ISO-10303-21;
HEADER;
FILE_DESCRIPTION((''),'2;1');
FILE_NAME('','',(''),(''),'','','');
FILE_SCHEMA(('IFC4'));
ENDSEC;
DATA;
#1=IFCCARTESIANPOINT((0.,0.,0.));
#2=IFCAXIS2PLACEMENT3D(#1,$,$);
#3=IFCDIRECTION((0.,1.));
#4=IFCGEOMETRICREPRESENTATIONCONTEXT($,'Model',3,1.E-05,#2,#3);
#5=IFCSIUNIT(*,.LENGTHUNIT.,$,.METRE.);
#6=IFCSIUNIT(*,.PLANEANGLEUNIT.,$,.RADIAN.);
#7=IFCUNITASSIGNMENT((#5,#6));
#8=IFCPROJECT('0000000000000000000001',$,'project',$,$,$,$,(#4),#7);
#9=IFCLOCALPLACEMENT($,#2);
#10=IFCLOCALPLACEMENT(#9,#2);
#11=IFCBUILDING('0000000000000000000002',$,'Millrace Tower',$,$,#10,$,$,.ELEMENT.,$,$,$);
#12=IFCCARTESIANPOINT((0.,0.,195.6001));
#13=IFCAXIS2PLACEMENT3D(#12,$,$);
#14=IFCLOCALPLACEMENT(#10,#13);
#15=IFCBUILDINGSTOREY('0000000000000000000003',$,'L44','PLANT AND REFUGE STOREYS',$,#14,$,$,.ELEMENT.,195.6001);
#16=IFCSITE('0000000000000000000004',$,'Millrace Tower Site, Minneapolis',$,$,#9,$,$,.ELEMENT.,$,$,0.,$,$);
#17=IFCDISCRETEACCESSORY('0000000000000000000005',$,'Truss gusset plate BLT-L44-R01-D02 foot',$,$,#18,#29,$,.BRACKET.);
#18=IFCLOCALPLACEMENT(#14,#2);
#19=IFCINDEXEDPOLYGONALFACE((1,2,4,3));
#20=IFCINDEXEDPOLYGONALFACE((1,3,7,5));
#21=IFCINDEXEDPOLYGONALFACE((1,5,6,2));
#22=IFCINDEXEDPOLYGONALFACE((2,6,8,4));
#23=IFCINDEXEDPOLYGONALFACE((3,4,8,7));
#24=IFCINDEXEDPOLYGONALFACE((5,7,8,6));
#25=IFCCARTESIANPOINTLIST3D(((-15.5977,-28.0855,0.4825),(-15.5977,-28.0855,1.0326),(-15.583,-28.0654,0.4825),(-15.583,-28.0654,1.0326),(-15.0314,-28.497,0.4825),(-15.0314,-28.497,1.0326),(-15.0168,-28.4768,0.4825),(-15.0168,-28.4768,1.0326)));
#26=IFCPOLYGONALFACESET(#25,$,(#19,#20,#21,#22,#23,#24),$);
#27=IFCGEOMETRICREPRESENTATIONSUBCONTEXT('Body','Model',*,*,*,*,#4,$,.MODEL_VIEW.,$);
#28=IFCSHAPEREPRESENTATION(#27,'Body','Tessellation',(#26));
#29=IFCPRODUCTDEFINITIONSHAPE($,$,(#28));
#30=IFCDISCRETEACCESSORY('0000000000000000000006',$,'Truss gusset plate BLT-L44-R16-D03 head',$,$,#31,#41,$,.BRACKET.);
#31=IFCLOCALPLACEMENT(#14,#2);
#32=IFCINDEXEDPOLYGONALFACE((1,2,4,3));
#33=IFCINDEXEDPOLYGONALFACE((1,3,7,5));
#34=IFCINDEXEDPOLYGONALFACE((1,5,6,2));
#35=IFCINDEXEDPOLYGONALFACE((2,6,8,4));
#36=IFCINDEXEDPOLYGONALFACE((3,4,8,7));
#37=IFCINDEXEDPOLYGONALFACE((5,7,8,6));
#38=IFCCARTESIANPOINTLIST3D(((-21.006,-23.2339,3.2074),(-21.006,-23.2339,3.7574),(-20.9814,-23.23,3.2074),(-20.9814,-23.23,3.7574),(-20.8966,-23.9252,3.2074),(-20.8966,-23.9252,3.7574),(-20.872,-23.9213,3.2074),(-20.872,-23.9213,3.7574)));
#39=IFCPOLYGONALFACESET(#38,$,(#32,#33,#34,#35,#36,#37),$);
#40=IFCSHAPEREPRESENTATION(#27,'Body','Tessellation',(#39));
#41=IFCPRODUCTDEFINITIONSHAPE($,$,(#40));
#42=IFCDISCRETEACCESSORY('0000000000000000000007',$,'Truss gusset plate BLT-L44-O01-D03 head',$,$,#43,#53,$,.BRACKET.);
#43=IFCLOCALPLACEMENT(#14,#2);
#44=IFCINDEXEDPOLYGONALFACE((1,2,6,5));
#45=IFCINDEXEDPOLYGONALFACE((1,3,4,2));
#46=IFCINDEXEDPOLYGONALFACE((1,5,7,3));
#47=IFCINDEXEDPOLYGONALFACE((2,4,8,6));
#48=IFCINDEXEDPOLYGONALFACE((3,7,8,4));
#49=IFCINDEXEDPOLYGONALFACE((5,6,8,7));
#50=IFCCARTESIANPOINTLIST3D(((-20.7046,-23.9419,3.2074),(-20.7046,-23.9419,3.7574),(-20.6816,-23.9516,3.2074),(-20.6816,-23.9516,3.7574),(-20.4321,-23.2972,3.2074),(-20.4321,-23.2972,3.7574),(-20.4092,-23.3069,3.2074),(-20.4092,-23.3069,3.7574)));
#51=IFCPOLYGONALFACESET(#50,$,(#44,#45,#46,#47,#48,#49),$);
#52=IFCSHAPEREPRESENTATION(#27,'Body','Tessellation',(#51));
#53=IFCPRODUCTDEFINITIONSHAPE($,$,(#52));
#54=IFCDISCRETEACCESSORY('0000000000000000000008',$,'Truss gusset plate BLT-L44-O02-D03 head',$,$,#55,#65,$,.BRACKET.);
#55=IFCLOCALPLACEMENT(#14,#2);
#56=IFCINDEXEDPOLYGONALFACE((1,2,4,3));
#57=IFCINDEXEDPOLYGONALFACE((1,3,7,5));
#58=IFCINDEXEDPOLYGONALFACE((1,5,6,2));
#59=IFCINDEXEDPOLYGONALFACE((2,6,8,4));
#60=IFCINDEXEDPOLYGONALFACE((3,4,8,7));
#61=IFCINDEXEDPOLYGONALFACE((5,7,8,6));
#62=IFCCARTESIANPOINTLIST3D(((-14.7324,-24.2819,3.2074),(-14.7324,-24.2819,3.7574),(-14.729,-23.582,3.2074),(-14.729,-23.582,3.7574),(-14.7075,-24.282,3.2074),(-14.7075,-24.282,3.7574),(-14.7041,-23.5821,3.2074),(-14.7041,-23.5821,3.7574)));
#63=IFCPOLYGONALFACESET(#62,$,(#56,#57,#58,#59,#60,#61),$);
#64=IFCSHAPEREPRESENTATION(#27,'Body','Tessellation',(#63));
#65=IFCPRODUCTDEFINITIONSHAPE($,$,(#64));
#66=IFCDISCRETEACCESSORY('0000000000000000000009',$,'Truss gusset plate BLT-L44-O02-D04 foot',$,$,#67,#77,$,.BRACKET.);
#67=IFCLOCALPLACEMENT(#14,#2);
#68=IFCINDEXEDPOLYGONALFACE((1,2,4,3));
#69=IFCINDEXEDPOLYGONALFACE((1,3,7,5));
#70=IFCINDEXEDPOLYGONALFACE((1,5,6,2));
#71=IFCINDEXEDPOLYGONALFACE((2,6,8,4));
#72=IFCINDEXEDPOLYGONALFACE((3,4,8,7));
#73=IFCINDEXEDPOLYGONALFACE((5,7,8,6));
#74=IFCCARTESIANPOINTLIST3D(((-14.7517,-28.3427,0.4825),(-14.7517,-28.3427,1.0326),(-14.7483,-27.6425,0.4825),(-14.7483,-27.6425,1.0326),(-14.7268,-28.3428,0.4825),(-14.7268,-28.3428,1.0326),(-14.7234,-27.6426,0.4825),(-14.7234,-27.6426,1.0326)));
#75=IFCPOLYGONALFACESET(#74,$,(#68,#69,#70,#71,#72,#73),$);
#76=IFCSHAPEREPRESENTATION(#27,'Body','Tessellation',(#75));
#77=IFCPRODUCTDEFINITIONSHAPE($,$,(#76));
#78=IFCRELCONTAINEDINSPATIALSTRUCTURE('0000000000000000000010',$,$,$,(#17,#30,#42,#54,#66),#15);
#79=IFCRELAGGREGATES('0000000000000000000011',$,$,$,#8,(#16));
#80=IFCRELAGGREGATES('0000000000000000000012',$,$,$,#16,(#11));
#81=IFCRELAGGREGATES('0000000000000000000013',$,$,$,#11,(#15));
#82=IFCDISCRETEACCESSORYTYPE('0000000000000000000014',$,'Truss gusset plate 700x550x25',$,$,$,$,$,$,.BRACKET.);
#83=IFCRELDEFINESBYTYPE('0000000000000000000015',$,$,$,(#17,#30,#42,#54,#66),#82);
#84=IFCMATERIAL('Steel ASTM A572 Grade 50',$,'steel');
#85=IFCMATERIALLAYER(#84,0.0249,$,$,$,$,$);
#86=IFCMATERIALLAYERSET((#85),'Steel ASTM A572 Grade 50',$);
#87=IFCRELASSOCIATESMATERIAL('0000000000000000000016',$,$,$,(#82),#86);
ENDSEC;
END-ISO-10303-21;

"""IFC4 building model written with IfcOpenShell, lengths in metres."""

from ifc_helpers import new_model, si_unit, direction, frame, origin, origin_2d, place, context, subcontext, project, spatial, rectangle, extrude, material, layer, layer_set, type_object, element, save


model = new_model("IFC4")

# Units and contexts
model_context = context("Model", 3, precision=1e-05, world=origin(), true_north=direction((0.0, 1.0)))
body_context = subcontext(model_context, "Body", "Model", "MODEL_VIEW")
ifc_project = project(units=[si_unit("LENGTHUNIT", "METRE"), si_unit("PLANEANGLEUNIT", "RADIAN")], contexts=[model_context])

# Site, building, storey
site_placement = place(None, origin())
site = spatial("IfcSite", under=ifc_project, at=site_placement, Name="Millrace Tower Site, Minneapolis", CompositionType="ELEMENT", RefElevation=0.0)
building_placement = place(site_placement, origin())
building = spatial("IfcBuilding", under=site, at=building_placement, Name="Millrace Tower", CompositionType="ELEMENT")
storey_placement = place(building_placement, frame((0.0, 0.0, 195.6001)))
storey = spatial("IfcBuildingStorey", under=building, at=storey_placement, Name="L44", Description="PLANT AND REFUGE STOREYS", CompositionType="ELEMENT", Elevation=195.6001)

# Discrete accessories
ifc_material_1 = material(Name="Steel ASTM A572 Grade 50", Category="steel")
ifc_layer_1 = layer(ifc_material_1, 0.0249)
ifc_layer_set_1 = layer_set([ifc_layer_1], Name="Steel ASTM A572 Grade 50")
discrete_accessory_type_1 = type_object("IfcDiscreteAccessoryType", Name="Truss gusset plate 700x550x25", PredefinedType="BRACKET", material=ifc_layer_set_1)
for number, where, z_axis, x_axis, name in (
    (1, (-15.5903, -28.0754, 0.7576), (0.808992, -0.587819, 0.0), (0.587819, 0.808992, 0.0), "Truss gusset plate BLT-L44-R01-D02 foot"),
    (2, (-20.9937, -23.2319, 3.4824), (0.156249, -0.987718, 0.0), (0.987718, 0.156249, 0.0), "Truss gusset plate BLT-L44-R16-D03 head"),
    (3, (-20.6931, -23.9468, 3.4824), (0.389242, 0.921136, 0.0), (-0.921136, 0.389242, 0.0), "Truss gusset plate BLT-L44-O01-D03 head"),
    (4, (-14.72, -24.282, 3.4824), (0.004883, 0.999988, 0.0), (-0.999988, 0.004883, 0.0), "Truss gusset plate BLT-L44-O02-D03 head"),
):
    element("IfcDiscreteAccessory", number, at=place(storey_placement, frame(where, z_axis=z_axis, x_axis=x_axis)), inside=storey, type_object=discrete_accessory_type_1, Name=name, PredefinedType="BRACKET", context=body_context, shape_type="SweptSolid", body=[
        extrude(rectangle(XDim=0.0249, YDim=0.55, at=origin_2d()), origin(), (0.0, 0.0, 1.0), 0.7),
    ])
discrete_accessory_1_placement = place(storey_placement, frame((-14.7393, -28.3428, 0.7576), z_axis=(0.004881, 0.999988, 0.0), x_axis=(-0.999988, 0.004881, 0.0)))
element("IfcDiscreteAccessory", 5, at=discrete_accessory_1_placement, inside=storey, type_object=discrete_accessory_type_1, Name="Truss gusset plate BLT-L44-O02-D04 foot", PredefinedType="BRACKET", context=body_context, shape_type="SweptSolid", body=[
    extrude(rectangle(XDim=0.0249, YDim=0.55, at=origin_2d()), origin(), (0.0, 0.0, 1.0), 0.7002),
])

save(model, "model.ifc")
